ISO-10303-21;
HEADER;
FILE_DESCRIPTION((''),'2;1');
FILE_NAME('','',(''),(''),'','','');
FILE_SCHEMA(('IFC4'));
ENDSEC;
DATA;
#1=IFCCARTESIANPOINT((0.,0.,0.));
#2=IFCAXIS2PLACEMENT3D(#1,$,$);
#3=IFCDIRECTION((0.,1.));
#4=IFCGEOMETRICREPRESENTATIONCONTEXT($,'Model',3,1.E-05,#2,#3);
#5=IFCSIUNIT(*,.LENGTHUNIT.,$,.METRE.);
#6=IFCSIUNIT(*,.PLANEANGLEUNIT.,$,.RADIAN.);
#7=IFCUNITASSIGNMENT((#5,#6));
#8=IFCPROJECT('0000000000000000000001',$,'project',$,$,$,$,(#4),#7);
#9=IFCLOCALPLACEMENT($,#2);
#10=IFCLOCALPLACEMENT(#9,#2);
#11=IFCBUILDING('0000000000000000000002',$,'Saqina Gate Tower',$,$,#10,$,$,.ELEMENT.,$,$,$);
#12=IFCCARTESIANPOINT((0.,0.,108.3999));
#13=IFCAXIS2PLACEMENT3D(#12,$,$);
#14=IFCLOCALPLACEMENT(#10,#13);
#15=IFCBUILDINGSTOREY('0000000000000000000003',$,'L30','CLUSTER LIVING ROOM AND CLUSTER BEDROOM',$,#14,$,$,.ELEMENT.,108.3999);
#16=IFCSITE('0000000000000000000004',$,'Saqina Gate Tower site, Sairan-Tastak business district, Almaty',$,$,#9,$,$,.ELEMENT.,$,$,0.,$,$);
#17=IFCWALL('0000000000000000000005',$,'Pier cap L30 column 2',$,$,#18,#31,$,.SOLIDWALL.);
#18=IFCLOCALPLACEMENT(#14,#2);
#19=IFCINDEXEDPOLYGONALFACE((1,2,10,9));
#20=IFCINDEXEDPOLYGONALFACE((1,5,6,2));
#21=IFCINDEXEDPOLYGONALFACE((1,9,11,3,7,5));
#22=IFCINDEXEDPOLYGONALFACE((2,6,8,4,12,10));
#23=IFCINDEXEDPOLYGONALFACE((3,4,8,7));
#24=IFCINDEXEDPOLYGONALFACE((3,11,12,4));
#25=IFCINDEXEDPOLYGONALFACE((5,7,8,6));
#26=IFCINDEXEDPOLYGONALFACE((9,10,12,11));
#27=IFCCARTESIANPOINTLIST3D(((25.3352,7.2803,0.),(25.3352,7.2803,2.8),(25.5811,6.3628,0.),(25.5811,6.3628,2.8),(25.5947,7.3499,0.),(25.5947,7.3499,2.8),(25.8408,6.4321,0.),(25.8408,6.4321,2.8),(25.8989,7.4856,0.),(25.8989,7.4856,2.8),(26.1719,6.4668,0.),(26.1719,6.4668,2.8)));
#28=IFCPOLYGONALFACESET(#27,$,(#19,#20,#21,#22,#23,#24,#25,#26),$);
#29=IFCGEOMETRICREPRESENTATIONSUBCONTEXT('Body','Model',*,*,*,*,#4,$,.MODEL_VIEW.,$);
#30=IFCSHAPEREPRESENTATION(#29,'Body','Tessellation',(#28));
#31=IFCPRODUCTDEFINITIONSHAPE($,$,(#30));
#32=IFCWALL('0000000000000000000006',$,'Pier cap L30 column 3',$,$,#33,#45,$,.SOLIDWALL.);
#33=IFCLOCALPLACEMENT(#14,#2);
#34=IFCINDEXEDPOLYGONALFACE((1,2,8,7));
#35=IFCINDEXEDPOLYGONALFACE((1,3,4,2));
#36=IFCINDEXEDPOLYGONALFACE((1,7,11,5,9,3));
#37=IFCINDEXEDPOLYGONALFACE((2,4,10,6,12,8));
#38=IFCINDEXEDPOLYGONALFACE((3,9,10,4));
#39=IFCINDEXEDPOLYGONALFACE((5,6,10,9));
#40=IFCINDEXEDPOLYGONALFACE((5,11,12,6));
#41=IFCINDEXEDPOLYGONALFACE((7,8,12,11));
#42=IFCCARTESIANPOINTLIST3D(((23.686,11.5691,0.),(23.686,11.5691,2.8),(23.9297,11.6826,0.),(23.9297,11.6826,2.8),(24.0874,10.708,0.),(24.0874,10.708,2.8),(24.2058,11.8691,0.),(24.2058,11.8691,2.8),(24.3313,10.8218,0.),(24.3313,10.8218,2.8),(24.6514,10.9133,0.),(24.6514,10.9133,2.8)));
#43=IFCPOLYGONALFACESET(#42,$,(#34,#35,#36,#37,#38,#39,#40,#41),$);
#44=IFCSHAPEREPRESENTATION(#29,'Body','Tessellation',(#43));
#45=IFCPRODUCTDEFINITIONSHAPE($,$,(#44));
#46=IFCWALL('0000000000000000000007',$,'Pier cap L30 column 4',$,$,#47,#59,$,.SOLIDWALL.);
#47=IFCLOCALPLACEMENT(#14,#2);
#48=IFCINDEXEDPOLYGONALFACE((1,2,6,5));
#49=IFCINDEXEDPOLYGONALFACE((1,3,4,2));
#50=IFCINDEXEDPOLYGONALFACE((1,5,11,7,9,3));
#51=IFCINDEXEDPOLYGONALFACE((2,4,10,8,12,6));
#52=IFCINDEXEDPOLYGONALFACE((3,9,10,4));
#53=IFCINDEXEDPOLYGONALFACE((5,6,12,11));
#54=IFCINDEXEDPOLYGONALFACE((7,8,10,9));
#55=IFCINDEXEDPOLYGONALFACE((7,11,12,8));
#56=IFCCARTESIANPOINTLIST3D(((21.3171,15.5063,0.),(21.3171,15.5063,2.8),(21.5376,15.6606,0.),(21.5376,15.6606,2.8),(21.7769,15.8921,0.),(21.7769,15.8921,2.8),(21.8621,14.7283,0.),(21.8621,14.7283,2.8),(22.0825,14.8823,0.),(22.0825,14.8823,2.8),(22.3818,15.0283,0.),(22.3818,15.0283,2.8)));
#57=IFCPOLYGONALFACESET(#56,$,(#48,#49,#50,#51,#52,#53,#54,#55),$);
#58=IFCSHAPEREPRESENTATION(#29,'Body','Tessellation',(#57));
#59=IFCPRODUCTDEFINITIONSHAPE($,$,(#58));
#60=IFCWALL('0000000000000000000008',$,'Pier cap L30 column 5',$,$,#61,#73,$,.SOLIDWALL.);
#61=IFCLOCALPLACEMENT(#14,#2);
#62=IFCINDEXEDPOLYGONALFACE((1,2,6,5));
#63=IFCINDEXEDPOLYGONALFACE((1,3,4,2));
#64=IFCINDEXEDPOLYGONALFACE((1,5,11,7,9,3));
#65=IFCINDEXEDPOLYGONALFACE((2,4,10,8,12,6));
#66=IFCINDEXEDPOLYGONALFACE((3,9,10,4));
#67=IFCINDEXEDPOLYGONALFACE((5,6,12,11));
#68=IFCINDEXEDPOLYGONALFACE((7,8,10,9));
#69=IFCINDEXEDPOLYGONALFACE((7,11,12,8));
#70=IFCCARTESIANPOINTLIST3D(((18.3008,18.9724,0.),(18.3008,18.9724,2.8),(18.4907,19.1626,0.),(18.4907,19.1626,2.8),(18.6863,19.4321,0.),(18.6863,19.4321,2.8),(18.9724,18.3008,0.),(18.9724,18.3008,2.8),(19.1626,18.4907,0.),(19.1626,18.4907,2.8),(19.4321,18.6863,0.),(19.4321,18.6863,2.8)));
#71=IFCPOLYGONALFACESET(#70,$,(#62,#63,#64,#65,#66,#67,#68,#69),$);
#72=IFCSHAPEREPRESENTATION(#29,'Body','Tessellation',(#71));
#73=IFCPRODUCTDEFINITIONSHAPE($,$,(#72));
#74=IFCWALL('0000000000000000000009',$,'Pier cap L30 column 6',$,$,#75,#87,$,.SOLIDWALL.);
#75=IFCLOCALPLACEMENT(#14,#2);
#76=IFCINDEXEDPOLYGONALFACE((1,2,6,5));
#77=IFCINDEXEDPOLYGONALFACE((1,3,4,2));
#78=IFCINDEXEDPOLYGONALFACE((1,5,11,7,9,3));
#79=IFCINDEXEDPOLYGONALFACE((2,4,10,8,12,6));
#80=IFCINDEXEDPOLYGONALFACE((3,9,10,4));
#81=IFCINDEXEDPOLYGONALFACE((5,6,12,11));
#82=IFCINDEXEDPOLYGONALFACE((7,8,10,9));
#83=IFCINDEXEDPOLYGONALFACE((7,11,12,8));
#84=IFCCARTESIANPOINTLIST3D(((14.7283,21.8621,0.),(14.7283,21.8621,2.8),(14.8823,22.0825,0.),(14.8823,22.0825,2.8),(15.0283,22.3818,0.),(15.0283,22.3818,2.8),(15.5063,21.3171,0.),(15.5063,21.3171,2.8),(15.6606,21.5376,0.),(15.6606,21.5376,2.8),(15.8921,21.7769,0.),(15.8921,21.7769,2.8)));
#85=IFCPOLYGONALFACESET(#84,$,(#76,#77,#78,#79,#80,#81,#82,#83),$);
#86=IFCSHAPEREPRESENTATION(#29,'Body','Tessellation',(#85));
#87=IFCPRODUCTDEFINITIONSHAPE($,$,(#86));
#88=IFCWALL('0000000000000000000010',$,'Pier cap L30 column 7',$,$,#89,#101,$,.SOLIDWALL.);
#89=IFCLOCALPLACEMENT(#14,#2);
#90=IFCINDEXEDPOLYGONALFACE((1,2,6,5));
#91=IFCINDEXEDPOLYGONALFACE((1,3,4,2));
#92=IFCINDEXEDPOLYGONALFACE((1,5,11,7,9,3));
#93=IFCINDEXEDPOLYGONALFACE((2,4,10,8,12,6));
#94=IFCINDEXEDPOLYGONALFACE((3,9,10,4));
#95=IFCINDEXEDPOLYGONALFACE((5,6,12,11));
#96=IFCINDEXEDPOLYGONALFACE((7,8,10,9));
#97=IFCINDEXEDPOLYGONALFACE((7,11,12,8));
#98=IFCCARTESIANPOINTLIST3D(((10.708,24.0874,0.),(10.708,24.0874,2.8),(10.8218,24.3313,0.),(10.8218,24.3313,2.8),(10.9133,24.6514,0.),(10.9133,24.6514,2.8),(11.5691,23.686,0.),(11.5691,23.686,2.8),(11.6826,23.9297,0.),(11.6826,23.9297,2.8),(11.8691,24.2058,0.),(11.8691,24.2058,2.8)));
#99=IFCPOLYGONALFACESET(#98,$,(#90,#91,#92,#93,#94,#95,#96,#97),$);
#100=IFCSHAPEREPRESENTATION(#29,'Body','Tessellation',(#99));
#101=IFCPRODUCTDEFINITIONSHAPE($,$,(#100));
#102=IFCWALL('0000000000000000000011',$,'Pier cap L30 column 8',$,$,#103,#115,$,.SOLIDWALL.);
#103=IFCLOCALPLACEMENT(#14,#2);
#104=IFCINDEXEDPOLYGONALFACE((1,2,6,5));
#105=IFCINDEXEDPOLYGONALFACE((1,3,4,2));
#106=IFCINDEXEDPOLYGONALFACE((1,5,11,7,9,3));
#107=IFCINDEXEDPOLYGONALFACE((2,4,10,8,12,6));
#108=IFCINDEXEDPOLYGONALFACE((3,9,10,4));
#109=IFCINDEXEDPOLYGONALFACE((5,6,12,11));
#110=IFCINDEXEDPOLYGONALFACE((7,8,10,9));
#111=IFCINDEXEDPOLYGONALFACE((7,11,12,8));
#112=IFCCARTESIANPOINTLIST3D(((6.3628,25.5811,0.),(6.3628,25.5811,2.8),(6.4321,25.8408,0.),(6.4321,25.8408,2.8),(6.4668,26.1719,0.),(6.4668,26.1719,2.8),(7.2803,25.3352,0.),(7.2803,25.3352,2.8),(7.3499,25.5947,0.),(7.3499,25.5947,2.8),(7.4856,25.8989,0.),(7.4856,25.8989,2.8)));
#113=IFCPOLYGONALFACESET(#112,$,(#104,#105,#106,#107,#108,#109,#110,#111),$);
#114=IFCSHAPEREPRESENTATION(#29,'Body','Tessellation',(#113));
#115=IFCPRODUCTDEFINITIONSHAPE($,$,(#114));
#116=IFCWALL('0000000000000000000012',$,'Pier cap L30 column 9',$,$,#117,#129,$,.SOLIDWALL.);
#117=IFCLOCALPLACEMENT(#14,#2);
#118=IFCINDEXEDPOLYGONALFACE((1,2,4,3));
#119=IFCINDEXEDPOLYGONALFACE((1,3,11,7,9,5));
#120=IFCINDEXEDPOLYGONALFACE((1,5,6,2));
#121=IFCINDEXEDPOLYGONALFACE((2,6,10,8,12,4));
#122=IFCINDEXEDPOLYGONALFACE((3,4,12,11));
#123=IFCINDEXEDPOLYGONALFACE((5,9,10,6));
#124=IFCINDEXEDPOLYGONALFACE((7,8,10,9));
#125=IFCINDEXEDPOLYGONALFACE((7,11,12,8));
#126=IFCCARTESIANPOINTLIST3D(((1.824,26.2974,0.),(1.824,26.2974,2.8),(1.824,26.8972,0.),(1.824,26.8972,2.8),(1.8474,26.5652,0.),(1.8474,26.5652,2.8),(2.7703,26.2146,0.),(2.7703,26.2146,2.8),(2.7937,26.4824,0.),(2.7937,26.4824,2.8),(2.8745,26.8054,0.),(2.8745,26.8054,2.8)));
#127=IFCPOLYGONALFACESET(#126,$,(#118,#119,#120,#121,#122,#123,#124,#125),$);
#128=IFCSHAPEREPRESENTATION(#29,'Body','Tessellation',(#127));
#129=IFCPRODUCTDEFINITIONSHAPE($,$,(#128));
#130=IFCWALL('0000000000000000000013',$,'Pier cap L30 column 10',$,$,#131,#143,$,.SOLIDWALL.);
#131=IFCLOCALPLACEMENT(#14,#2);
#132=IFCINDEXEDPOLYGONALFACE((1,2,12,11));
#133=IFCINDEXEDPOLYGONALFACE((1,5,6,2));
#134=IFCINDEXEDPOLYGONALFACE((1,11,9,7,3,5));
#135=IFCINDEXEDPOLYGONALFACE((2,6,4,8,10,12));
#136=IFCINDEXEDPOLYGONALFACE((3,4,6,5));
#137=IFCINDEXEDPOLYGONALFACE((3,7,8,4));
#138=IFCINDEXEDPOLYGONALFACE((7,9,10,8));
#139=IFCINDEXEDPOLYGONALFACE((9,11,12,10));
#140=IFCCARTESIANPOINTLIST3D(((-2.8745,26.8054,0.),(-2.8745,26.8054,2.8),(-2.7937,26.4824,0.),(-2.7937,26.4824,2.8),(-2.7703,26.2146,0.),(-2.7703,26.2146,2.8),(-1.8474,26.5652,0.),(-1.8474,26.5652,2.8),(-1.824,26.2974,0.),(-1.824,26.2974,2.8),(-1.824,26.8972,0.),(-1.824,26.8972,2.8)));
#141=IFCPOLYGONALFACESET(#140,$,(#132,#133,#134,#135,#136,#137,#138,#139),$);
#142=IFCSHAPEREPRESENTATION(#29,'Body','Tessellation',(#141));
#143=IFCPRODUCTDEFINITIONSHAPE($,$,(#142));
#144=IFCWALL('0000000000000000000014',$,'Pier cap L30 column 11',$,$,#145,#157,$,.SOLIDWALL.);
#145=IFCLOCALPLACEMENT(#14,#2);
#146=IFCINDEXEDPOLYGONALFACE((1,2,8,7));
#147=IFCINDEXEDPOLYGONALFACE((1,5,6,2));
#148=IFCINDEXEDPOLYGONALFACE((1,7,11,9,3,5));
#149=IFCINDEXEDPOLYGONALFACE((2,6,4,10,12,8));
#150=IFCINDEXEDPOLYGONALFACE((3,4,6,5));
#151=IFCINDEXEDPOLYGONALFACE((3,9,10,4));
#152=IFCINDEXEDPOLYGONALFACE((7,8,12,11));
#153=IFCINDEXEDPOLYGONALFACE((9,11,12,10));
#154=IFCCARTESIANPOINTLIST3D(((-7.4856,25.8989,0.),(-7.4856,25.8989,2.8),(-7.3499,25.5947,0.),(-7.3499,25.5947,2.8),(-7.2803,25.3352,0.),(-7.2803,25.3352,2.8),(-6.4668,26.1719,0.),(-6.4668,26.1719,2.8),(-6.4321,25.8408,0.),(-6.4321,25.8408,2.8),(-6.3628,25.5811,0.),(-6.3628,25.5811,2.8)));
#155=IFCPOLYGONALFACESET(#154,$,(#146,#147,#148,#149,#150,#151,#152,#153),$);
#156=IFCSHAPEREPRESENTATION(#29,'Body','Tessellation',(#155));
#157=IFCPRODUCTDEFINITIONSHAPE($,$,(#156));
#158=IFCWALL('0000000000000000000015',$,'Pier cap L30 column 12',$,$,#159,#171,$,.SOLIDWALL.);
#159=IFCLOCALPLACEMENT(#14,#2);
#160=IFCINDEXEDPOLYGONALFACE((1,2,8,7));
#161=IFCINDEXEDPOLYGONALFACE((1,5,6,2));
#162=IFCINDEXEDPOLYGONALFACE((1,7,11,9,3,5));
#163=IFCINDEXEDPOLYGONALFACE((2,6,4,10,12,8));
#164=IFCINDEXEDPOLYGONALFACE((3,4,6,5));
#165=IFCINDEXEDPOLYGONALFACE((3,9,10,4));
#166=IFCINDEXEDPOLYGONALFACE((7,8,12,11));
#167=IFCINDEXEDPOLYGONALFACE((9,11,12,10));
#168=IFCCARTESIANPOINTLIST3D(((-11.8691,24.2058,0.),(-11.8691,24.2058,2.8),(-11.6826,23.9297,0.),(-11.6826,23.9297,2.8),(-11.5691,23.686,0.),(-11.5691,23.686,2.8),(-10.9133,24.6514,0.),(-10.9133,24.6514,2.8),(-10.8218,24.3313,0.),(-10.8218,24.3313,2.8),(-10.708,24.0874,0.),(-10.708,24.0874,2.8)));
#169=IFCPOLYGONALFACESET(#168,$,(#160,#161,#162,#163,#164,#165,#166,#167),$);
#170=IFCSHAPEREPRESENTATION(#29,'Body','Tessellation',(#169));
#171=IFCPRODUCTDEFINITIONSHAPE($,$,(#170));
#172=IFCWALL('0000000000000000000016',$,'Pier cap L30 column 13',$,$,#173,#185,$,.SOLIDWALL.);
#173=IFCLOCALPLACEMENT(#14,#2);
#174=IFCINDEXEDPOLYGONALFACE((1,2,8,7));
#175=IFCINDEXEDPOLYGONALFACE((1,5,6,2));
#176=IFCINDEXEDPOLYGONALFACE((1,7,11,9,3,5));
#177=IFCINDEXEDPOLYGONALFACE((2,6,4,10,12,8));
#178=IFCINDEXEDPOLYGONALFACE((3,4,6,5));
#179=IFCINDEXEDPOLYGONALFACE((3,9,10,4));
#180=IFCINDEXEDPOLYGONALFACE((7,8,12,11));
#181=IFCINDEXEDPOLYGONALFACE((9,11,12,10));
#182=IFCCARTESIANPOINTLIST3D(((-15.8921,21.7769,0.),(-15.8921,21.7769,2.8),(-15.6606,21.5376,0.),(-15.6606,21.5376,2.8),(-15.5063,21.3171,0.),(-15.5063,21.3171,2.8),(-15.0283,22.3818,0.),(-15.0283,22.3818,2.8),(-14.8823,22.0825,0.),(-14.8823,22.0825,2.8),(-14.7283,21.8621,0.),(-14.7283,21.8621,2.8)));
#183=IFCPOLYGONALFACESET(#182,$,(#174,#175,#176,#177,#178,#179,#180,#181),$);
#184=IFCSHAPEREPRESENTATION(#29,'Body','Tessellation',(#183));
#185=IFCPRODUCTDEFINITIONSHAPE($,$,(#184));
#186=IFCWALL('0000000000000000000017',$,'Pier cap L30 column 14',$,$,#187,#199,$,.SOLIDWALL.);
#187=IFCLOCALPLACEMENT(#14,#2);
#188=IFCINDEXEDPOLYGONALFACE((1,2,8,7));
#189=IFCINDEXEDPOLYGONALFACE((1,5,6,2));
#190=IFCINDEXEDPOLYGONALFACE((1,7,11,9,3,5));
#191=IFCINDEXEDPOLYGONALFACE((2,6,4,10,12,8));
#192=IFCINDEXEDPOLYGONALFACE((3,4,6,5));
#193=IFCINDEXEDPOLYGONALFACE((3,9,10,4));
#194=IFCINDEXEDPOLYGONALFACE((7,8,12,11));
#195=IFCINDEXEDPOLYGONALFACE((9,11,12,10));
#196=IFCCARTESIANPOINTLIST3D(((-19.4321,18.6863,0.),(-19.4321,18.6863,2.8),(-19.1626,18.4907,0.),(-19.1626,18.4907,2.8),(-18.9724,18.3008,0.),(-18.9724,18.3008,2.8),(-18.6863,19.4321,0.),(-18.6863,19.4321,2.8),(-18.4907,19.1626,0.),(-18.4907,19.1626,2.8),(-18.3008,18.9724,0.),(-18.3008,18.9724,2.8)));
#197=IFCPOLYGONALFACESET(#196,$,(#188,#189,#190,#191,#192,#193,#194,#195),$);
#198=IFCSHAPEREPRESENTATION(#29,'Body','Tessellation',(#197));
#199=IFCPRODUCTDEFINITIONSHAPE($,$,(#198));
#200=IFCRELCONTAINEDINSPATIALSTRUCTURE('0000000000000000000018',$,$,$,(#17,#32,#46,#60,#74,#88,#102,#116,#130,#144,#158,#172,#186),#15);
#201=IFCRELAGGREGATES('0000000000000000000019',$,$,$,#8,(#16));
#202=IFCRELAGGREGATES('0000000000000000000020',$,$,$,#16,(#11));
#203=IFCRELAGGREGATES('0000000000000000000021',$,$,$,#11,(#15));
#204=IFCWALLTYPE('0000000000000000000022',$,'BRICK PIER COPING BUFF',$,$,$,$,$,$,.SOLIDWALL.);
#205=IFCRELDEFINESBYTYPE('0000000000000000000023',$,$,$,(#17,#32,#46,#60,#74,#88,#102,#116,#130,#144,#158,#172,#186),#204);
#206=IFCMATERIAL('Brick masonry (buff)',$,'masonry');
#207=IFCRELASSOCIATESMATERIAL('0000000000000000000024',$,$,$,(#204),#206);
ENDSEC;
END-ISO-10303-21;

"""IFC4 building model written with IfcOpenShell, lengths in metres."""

from ifc_helpers import new_model, si_unit, direction, frame, origin, place, context, subcontext, project, spatial, polyline, outline, extrude, material, type_object, element, save


model = new_model("IFC4")

# Units and contexts
model_context = context("Model", 3, precision=1e-05, world=origin(), true_north=direction((0.0, 1.0)))
body_context = subcontext(model_context, "Body", "Model", "MODEL_VIEW")
ifc_project = project(units=[si_unit("LENGTHUNIT", "METRE"), si_unit("PLANEANGLEUNIT", "RADIAN")], contexts=[model_context])

# Site, building, storey
site_placement = place(None, origin())
site = spatial("IfcSite", under=ifc_project, at=site_placement, Name="Saqina Gate Tower site, Sairan-Tastak business district, Almaty", CompositionType="ELEMENT", RefElevation=0.0)
building_placement = place(site_placement, origin())
building = spatial("IfcBuilding", under=site, at=building_placement, Name="Saqina Gate Tower", CompositionType="ELEMENT")
storey_placement = place(building_placement, frame((0.0, 0.0, 108.3999)))
storey = spatial("IfcBuildingStorey", under=building, at=storey_placement, Name="L30", Description="CLUSTER LIVING ROOM AND CLUSTER BEDROOM", CompositionType="ELEMENT", Elevation=108.3999)

# Walls
ifc_material_1 = material(Name="Brick masonry (buff)", Category="masonry")
wall_type_1 = type_object("IfcWallType", Name="BRICK PIER COPING BUFF", PredefinedType="SOLIDWALL", material=ifc_material_1)
wall_1_placement = place(storey_placement, origin())
element("IfcWall", 1, at=wall_1_placement, inside=storey, type_object=wall_type_1, Name="Pier cap L30 column 2", PredefinedType="SOLIDWALL", context=body_context, shape_type="SweptSolid", body=[
    extrude(outline(polyline([(26.1719, 6.4668), (25.8989, 7.4856), (25.3352, 7.2803), (25.5947, 7.3499), (25.8408, 6.4321), (25.5811, 6.3628), (26.1719, 6.4668)])), origin(), (0.0, 0.0, 1.0), 2.8),
])
wall_2_placement = place(storey_placement, origin())
element("IfcWall", 2, at=wall_2_placement, inside=storey, type_object=wall_type_1, Name="Pier cap L30 column 3", PredefinedType="SOLIDWALL", context=body_context, shape_type="SweptSolid", body=[
    extrude(outline(polyline([(24.6514, 10.9133), (24.2058, 11.8691), (23.686, 11.5691), (23.9297, 11.6826), (24.3313, 10.8218), (24.0874, 10.708), (24.6514, 10.9133)])), origin(), (0.0, 0.0, 1.0), 2.8),
])
wall_3_placement = place(storey_placement, origin())
element("IfcWall", 3, at=wall_3_placement, inside=storey, type_object=wall_type_1, Name="Pier cap L30 column 4", PredefinedType="SOLIDWALL", context=body_context, shape_type="SweptSolid", body=[
    extrude(outline(polyline([(21.7769, 15.8921), (21.3171, 15.5063), (21.5376, 15.6606), (22.0825, 14.8823), (21.8621, 14.7283), (22.3818, 15.0283), (21.7769, 15.8921)])), origin(), (0.0, 0.0, 1.0), 2.8),
])
wall_4_placement = place(storey_placement, origin())
element("IfcWall", 4, at=wall_4_placement, inside=storey, type_object=wall_type_1, Name="Pier cap L30 column 5", PredefinedType="SOLIDWALL", context=body_context, shape_type="SweptSolid", body=[
    extrude(outline(polyline([(19.4321, 18.6863), (18.6863, 19.4321), (18.3008, 18.9724), (18.4907, 19.1626), (19.1626, 18.4907), (18.9724, 18.3008), (19.4321, 18.6863)])), origin(), (0.0, 0.0, 1.0), 2.8),
])
wall_5_placement = place(storey_placement, origin())
element("IfcWall", 5, at=wall_5_placement, inside=storey, type_object=wall_type_1, Name="Pier cap L30 column 6", PredefinedType="SOLIDWALL", context=body_context, shape_type="SweptSolid", body=[
    extrude(outline(polyline([(15.0283, 22.3818), (14.7283, 21.8621), (14.8823, 22.0825), (15.6606, 21.5376), (15.5063, 21.3171), (15.8921, 21.7769), (15.0283, 22.3818)])), origin(), (0.0, 0.0, 1.0), 2.8),
])
wall_6_placement = place(storey_placement, origin())
element("IfcWall", 6, at=wall_6_placement, inside=storey, type_object=wall_type_1, Name="Pier cap L30 column 7", PredefinedType="SOLIDWALL", context=body_context, shape_type="SweptSolid", body=[
    extrude(outline(polyline([(10.9133, 24.6514), (10.708, 24.0874), (10.8218, 24.3313), (11.6826, 23.9297), (11.5691, 23.686), (11.8691, 24.2058), (10.9133, 24.6514)])), origin(), (0.0, 0.0, 1.0), 2.8),
])
wall_7_placement = place(storey_placement, origin())
element("IfcWall", 7, at=wall_7_placement, inside=storey, type_object=wall_type_1, Name="Pier cap L30 column 8", PredefinedType="SOLIDWALL", context=body_context, shape_type="SweptSolid", body=[
    extrude(outline(polyline([(7.4856, 25.8989), (6.4668, 26.1719), (6.3628, 25.5811), (6.4321, 25.8408), (7.3499, 25.5947), (7.2803, 25.3352), (7.4856, 25.8989)])), origin(), (0.0, 0.0, 1.0), 2.8),
])
wall_8_placement = place(storey_placement, origin())
element("IfcWall", 8, at=wall_8_placement, inside=storey, type_object=wall_type_1, Name="Pier cap L30 column 9", PredefinedType="SOLIDWALL", context=body_context, shape_type="SweptSolid", body=[
    extrude(outline(polyline([(2.8745, 26.8054), (1.824, 26.8972), (1.824, 26.2974), (1.8474, 26.5652), (2.7937, 26.4824), (2.7703, 26.2146), (2.8745, 26.8054)])), origin(), (0.0, 0.0, 1.0), 2.8),
])
wall_9_placement = place(storey_placement, origin())
element("IfcWall", 9, at=wall_9_placement, inside=storey, type_object=wall_type_1, Name="Pier cap L30 column 10", PredefinedType="SOLIDWALL", context=body_context, shape_type="SweptSolid", body=[
    extrude(outline(polyline([(-2.8745, 26.8054), (-2.7703, 26.2146), (-2.7937, 26.4824), (-1.8474, 26.5652), (-1.824, 26.2974), (-1.824, 26.8972), (-2.8745, 26.8054)])), origin(), (0.0, 0.0, 1.0), 2.8),
])
wall_10_placement = place(storey_placement, origin())
element("IfcWall", 10, at=wall_10_placement, inside=storey, type_object=wall_type_1, Name="Pier cap L30 column 11", PredefinedType="SOLIDWALL", context=body_context, shape_type="SweptSolid", body=[
    extrude(outline(polyline([(-6.4668, 26.1719), (-7.4856, 25.8989), (-7.2803, 25.3352), (-7.3499, 25.5947), (-6.4321, 25.8408), (-6.3628, 25.5811), (-6.4668, 26.1719)])), origin(), (0.0, 0.0, 1.0), 2.8),
])
wall_11_placement = place(storey_placement, origin())
element("IfcWall", 11, at=wall_11_placement, inside=storey, type_object=wall_type_1, Name="Pier cap L30 column 12", PredefinedType="SOLIDWALL", context=body_context, shape_type="SweptSolid", body=[
    extrude(outline(polyline([(-10.9133, 24.6514), (-11.8691, 24.2058), (-11.5691, 23.686), (-11.6826, 23.9297), (-10.8218, 24.3313), (-10.708, 24.0874), (-10.9133, 24.6514)])), origin(), (0.0, 0.0, 1.0), 2.8),
])
wall_12_placement = place(storey_placement, origin())
element("IfcWall", 12, at=wall_12_placement, inside=storey, type_object=wall_type_1, Name="Pier cap L30 column 13", PredefinedType="SOLIDWALL", context=body_context, shape_type="SweptSolid", body=[
    extrude(outline(polyline([(-15.8921, 21.7769), (-15.5063, 21.3171), (-15.6606, 21.5376), (-14.8823, 22.0825), (-14.7283, 21.8621), (-15.0283, 22.3818), (-15.8921, 21.7769)])), origin(), (0.0, 0.0, 1.0), 2.8),
])
wall_13_placement = place(storey_placement, origin())
element("IfcWall", 13, at=wall_13_placement, inside=storey, type_object=wall_type_1, Name="Pier cap L30 column 14", PredefinedType="SOLIDWALL", context=body_context, shape_type="SweptSolid", body=[
    extrude(outline(polyline([(-18.6863, 19.4321), (-19.4321, 18.6863), (-18.9724, 18.3008), (-19.1626, 18.4907), (-18.4907, 19.1626), (-18.3008, 18.9724), (-18.6863, 19.4321)])), origin(), (0.0, 0.0, 1.0), 2.8),
])

save(model, "model.ifc")
